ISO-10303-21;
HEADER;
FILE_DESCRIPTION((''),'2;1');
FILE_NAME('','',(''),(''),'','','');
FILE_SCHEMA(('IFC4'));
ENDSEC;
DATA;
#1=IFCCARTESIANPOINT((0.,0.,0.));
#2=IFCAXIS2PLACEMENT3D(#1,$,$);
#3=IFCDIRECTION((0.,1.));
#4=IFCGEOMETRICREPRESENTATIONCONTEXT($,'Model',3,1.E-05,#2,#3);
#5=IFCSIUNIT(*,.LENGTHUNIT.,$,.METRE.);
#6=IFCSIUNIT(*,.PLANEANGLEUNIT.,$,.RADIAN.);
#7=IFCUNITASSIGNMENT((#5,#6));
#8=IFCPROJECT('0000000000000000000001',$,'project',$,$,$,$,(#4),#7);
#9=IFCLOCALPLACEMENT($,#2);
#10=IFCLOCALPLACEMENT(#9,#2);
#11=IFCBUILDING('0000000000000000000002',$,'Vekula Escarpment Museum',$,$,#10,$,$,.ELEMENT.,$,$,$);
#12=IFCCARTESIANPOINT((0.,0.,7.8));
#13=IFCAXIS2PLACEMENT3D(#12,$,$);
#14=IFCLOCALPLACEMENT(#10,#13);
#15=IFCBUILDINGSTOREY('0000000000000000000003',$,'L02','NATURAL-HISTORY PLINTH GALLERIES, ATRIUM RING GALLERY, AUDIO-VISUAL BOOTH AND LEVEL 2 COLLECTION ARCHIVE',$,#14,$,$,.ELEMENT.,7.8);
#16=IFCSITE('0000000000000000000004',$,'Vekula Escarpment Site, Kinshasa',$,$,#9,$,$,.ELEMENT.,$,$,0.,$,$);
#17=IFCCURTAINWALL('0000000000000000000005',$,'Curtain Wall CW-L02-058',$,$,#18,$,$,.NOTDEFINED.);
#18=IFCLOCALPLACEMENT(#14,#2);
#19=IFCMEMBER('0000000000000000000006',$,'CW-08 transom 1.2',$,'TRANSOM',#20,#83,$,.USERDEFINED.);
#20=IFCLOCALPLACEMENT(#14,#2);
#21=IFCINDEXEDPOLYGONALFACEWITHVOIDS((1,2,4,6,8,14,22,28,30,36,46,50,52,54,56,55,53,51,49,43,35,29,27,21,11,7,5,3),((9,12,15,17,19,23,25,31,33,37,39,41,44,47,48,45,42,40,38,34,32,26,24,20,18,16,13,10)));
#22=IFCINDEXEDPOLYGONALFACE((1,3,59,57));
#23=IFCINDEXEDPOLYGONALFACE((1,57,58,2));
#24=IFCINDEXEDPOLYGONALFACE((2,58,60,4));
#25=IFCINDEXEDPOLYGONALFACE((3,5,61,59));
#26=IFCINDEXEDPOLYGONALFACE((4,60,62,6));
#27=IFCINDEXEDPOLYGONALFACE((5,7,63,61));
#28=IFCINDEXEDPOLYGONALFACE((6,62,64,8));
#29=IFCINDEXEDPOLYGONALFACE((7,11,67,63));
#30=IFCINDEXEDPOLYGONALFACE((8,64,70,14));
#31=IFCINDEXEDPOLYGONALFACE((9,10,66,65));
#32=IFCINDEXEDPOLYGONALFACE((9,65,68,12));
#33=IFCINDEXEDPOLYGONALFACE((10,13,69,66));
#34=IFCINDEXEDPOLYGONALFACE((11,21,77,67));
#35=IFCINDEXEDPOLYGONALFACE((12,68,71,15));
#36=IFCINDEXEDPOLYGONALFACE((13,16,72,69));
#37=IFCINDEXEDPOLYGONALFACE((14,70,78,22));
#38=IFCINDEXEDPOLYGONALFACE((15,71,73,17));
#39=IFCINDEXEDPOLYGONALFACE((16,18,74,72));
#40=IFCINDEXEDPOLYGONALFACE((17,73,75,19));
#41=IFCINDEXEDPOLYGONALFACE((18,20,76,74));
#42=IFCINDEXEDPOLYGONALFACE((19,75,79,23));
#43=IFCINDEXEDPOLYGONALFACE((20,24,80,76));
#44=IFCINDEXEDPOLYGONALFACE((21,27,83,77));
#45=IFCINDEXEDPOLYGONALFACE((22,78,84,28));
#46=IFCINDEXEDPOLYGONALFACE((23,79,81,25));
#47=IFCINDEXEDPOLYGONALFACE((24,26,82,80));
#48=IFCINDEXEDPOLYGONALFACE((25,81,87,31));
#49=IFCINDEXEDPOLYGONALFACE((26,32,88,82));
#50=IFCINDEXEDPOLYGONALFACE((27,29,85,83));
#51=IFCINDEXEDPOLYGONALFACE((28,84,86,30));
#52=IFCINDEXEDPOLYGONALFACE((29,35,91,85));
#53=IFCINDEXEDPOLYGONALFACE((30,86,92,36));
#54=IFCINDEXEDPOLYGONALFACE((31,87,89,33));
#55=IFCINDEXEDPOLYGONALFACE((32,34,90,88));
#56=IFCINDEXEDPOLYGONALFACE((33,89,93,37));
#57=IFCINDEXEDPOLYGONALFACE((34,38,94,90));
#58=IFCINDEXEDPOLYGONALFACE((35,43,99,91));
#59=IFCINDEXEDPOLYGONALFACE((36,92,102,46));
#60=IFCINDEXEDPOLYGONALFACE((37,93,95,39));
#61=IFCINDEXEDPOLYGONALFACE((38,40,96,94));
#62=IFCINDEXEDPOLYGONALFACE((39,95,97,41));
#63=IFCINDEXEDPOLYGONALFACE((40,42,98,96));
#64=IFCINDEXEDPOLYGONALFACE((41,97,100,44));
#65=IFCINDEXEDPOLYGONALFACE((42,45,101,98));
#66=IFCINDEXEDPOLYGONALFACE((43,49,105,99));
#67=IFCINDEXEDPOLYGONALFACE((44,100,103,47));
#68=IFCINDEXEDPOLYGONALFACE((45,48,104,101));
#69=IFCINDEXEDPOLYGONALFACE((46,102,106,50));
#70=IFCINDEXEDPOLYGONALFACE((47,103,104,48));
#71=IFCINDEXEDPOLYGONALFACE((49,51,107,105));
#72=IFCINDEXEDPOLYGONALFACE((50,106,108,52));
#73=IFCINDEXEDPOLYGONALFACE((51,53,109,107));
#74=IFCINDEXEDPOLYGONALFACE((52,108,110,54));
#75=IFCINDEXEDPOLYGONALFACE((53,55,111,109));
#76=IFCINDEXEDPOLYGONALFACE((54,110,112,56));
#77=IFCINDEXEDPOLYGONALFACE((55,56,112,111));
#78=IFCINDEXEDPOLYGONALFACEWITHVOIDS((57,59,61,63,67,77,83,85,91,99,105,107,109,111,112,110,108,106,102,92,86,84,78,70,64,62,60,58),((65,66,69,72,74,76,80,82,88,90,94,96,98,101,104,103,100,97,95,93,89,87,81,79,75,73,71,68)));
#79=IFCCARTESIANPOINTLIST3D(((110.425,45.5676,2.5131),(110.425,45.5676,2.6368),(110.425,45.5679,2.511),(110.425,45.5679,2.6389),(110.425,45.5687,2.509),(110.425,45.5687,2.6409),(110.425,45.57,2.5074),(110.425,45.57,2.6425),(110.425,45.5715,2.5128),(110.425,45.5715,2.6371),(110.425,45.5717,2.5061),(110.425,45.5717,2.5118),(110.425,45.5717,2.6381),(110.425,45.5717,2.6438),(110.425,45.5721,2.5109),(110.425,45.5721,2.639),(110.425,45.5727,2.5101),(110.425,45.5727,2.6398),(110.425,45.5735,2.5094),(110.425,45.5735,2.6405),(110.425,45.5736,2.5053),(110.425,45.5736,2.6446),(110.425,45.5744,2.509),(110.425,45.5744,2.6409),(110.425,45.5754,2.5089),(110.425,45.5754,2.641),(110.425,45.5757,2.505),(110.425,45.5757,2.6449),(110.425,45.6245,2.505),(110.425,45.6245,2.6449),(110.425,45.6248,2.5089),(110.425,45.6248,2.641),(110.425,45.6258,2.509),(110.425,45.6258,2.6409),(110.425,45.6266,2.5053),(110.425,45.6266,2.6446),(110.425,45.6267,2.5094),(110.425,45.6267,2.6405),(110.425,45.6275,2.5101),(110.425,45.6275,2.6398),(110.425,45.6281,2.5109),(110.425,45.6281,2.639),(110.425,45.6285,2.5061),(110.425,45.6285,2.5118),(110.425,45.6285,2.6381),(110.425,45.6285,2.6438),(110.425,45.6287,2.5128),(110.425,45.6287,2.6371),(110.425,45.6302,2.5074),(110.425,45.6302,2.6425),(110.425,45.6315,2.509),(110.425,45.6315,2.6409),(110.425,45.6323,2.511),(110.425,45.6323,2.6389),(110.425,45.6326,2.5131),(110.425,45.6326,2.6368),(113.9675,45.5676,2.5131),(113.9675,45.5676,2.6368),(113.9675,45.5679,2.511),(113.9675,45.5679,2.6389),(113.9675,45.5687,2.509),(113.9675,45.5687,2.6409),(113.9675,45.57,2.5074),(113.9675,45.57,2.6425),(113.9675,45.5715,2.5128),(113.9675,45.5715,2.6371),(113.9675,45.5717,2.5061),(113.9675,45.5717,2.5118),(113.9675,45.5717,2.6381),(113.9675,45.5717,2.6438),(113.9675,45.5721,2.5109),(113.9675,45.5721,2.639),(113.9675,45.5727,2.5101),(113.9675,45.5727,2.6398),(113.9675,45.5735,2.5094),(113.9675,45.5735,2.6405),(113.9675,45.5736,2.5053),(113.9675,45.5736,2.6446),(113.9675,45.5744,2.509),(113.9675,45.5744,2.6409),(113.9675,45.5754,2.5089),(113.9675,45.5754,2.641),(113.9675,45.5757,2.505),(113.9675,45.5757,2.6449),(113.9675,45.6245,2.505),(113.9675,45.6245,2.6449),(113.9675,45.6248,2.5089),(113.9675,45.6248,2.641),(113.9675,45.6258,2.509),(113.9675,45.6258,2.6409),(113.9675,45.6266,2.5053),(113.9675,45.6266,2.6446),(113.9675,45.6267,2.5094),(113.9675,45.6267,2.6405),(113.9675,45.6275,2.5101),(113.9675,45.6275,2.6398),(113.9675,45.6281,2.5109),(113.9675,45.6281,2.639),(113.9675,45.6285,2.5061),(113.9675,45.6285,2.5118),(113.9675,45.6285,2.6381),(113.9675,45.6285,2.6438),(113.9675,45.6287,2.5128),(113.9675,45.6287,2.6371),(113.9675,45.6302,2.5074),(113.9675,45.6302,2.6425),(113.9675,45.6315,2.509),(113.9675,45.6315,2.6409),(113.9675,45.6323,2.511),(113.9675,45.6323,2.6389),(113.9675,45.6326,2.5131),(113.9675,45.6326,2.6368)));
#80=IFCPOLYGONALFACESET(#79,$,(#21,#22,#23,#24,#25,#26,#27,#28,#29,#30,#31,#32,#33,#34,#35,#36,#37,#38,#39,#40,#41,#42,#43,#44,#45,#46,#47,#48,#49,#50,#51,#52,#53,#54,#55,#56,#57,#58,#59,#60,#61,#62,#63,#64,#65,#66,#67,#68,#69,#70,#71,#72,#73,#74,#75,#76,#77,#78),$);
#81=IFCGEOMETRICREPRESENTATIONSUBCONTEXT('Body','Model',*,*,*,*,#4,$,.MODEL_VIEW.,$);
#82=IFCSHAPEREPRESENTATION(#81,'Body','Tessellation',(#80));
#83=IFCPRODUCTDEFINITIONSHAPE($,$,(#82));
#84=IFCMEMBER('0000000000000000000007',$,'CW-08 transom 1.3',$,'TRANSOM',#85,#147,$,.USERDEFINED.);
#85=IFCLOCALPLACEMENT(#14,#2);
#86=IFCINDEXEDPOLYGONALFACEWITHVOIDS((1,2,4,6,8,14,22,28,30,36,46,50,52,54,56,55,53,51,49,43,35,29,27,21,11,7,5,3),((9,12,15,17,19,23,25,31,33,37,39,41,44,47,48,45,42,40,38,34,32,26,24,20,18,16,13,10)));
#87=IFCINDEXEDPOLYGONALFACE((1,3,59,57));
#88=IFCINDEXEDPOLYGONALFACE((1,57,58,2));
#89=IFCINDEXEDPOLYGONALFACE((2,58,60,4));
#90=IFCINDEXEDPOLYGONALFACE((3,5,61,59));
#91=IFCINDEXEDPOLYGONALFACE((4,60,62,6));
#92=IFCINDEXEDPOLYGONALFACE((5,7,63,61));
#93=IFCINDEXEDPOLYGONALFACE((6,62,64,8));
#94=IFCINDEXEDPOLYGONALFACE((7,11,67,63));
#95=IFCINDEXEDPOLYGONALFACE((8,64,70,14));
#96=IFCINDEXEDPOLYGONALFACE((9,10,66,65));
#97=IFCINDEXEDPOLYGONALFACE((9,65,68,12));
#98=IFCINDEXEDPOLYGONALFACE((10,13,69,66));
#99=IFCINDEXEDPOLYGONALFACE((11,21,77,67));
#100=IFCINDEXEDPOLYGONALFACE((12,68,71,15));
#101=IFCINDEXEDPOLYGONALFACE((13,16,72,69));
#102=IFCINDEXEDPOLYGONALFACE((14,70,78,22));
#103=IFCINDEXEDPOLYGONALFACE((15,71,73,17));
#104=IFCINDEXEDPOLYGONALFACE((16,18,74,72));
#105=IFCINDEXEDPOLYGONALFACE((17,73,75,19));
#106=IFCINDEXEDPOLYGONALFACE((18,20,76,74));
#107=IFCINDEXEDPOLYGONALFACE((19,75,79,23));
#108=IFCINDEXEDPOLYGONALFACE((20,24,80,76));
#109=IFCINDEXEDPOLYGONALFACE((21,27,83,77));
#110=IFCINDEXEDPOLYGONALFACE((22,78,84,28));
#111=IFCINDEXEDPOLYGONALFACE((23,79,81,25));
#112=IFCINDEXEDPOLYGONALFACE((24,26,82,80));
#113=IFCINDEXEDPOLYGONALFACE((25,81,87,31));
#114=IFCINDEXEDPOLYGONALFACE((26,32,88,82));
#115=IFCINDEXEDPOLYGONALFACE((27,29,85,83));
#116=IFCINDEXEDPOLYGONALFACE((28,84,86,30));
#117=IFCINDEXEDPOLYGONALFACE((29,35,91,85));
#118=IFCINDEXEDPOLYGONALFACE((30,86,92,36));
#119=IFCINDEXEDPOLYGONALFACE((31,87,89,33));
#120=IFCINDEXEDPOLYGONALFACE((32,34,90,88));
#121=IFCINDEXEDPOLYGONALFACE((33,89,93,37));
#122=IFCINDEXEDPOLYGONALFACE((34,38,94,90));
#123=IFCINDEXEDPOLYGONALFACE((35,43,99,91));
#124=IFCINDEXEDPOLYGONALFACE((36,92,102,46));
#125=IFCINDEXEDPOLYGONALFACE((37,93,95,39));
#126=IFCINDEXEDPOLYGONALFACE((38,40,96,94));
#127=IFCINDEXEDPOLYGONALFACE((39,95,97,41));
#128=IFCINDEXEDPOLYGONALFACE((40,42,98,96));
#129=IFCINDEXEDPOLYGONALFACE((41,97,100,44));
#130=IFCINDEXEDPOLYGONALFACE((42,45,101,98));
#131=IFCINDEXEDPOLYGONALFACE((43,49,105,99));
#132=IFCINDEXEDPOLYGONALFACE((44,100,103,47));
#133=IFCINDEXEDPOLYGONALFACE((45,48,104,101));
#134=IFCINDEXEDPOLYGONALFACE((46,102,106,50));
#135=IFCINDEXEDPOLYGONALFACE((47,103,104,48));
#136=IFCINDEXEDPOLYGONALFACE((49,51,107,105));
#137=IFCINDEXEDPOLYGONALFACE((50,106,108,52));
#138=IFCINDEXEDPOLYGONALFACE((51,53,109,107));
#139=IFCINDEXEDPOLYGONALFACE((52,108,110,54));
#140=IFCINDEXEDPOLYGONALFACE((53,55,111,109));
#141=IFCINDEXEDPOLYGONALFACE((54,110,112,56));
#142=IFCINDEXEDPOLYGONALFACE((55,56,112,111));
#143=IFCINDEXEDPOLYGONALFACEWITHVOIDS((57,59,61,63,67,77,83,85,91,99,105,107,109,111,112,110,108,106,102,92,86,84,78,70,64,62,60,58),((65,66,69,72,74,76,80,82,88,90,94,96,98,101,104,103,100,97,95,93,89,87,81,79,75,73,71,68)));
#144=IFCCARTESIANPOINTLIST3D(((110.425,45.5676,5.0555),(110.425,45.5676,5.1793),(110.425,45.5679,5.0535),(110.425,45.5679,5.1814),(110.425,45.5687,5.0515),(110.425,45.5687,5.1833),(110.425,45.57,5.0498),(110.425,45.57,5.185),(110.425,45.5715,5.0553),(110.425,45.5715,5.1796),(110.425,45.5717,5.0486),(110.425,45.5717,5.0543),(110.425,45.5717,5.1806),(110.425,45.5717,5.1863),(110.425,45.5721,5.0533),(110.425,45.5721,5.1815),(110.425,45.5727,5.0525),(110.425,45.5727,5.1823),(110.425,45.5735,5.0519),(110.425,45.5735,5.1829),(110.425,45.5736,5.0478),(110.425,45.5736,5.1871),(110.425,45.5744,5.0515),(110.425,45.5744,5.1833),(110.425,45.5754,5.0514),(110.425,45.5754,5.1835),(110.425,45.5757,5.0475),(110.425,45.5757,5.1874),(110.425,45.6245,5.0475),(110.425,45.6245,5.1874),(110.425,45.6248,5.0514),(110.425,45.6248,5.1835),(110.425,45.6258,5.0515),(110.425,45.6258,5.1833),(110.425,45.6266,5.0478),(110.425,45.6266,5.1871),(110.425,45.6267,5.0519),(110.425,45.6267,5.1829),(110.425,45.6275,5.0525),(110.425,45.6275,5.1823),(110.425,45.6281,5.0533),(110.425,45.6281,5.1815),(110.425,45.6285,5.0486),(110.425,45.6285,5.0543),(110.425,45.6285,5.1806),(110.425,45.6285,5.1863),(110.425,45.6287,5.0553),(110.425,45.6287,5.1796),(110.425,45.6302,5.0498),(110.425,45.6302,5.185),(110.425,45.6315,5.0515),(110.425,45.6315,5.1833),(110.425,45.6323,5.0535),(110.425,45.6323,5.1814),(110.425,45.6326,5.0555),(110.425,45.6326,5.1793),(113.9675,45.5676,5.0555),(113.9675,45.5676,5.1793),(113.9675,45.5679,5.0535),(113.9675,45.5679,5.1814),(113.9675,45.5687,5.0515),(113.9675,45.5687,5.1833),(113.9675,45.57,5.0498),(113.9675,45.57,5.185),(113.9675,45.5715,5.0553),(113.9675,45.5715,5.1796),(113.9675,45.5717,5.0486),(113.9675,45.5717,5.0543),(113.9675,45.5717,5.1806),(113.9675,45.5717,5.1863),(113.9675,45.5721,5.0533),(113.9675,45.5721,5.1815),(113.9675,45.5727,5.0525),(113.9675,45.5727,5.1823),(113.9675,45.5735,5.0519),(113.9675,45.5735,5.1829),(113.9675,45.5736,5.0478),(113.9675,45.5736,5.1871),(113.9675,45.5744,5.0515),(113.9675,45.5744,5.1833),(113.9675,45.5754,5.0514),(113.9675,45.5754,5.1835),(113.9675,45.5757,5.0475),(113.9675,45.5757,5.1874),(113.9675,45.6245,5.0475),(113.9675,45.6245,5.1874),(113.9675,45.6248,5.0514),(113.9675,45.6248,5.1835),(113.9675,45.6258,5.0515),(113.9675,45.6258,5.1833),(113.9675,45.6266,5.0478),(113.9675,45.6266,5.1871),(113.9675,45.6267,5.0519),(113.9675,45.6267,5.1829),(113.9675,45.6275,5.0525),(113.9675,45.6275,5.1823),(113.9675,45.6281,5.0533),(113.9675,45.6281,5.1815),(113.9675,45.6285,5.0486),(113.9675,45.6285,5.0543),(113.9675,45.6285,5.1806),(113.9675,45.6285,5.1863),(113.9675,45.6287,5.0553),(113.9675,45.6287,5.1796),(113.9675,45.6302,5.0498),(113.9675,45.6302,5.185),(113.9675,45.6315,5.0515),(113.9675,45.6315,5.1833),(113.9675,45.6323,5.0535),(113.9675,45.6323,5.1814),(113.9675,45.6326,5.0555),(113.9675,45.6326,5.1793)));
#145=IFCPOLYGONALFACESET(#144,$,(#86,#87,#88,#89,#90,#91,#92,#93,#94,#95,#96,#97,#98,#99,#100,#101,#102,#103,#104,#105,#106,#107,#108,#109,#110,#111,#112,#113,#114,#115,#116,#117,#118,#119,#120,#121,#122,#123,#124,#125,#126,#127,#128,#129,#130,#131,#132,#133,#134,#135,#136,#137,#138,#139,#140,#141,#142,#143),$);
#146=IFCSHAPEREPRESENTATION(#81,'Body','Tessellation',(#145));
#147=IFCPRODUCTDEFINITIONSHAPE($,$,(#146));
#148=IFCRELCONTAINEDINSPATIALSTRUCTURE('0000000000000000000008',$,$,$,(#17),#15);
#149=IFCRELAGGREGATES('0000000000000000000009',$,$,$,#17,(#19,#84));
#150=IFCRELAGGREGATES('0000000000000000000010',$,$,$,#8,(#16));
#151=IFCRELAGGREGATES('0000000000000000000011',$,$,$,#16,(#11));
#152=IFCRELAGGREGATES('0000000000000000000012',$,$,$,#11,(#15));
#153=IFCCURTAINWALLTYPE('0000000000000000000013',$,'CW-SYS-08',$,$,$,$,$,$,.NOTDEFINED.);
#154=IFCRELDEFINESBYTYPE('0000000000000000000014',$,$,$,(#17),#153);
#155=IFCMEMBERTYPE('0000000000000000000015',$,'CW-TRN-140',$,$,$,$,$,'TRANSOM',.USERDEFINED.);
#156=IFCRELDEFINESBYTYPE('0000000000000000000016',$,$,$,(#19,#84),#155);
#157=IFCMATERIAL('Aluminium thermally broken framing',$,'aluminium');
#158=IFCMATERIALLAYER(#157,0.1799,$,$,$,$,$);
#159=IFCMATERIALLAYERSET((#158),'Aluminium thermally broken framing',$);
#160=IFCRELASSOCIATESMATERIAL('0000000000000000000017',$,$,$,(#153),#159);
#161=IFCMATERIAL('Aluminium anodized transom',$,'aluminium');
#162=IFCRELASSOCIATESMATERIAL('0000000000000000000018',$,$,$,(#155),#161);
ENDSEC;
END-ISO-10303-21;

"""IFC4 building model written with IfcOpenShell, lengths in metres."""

from ifc_helpers import new_model, si_unit, direction, frame, origin, origin_2d, place, context, subcontext, project, spatial, hollow_rectangle, extrude, material, layer, layer_set, material_profile, profile_set, type_object, element, aggregate, save


model = new_model("IFC4")

# Units and contexts
model_context = context("Model", 3, precision=1e-05, world=origin(), true_north=direction((0.0, 1.0)))
body_context = subcontext(model_context, "Body", "Model", "MODEL_VIEW")
ifc_project = project(units=[si_unit("LENGTHUNIT", "METRE"), si_unit("PLANEANGLEUNIT", "RADIAN")], contexts=[model_context])

# Site, building, storey
site_placement = place(None, origin())
site = spatial("IfcSite", under=ifc_project, at=site_placement, Name="Vekula Escarpment Site, Kinshasa", CompositionType="ELEMENT", RefElevation=0.0)
building_placement = place(site_placement, origin())
building = spatial("IfcBuilding", under=site, at=building_placement, Name="Vekula Escarpment Museum", CompositionType="ELEMENT")
storey_placement = place(building_placement, frame((0.0, 0.0, 7.8)))
storey = spatial("IfcBuildingStorey", under=building, at=storey_placement, Name="L02", Description="NATURAL-HISTORY PLINTH GALLERIES, ATRIUM RING GALLERY, AUDIO-VISUAL BOOTH AND LEVEL 2 COLLECTION ARCHIVE", CompositionType="ELEMENT", Elevation=7.8)

# Curtain wall, members
ifc_material_1 = material(Name="Aluminium thermally broken framing", Category="aluminium")
ifc_layer_1 = layer(ifc_material_1, 0.1799)
ifc_layer_set_1 = layer_set([ifc_layer_1], Name="Aluminium thermally broken framing")
curtain_wall_type = type_object("IfcCurtainWallType", Name="CW-SYS-08", PredefinedType="NOTDEFINED", material=ifc_layer_set_1)
curtain_wall_placement = place(storey_placement, origin())
curtain_wall = element("IfcCurtainWall", 1, at=curtain_wall_placement, inside=storey, type_object=curtain_wall_type, Name="Curtain Wall CW-L02-058", PredefinedType="NOTDEFINED")
ifc_material_2 = material(Name="Aluminium anodized transom", Category="aluminium")
ifc_material_profile_1 = material_profile(ifc_material_2, hollow_rectangle(XDim=0.0649, YDim=0.1399, WallThickness=0.0039, InnerFilletRadius=0.0039, OuterFilletRadius=0.0081, at=origin_2d()), Name="ALU 140x65x4")
ifc_profile_set_1 = profile_set([ifc_material_profile_1], Name="Aluminium anodized transom")
member_type_1 = type_object("IfcMemberType", Name="CW-TRN-140", ElementType="TRANSOM", PredefinedType="USERDEFINED", material=ifc_profile_set_1)
member_1_placement = place(storey_placement, frame((110.425, 45.6001, 2.575), z_axis=(1.0, 0.0, 0.0), x_axis=(0.0, 1.0, 0.0)))
member_1 = element("IfcMember", 2, at=member_1_placement, type_object=member_type_1, Name="CW-08 transom 1.2", ObjectType="TRANSOM", PredefinedType="USERDEFINED", context=body_context, shape_type="SweptSolid", body=[
    extrude(hollow_rectangle(XDim=0.0649, YDim=0.1399, WallThickness=0.0039, InnerFilletRadius=0.0039, OuterFilletRadius=0.0081, at=origin_2d()), origin(), (0.0, 0.0, 1.0), 3.5425),
])
member_2_placement = place(storey_placement, frame((110.425, 45.6001, 5.1174), z_axis=(1.0, 0.0, 0.0), x_axis=(0.0, 1.0, 0.0)))
member_2 = element("IfcMember", 3, at=member_2_placement, type_object=member_type_1, Name="CW-08 transom 1.3", ObjectType="TRANSOM", PredefinedType="USERDEFINED", context=body_context, shape_type="SweptSolid", body=[
    extrude(hollow_rectangle(XDim=0.0649, YDim=0.1399, WallThickness=0.0039, InnerFilletRadius=0.0039, OuterFilletRadius=0.0081, at=origin_2d()), origin(), (0.0, 0.0, 1.0), 3.5425),
])
aggregate(curtain_wall, [member_1, member_2])

save(model, "model.ifc")
